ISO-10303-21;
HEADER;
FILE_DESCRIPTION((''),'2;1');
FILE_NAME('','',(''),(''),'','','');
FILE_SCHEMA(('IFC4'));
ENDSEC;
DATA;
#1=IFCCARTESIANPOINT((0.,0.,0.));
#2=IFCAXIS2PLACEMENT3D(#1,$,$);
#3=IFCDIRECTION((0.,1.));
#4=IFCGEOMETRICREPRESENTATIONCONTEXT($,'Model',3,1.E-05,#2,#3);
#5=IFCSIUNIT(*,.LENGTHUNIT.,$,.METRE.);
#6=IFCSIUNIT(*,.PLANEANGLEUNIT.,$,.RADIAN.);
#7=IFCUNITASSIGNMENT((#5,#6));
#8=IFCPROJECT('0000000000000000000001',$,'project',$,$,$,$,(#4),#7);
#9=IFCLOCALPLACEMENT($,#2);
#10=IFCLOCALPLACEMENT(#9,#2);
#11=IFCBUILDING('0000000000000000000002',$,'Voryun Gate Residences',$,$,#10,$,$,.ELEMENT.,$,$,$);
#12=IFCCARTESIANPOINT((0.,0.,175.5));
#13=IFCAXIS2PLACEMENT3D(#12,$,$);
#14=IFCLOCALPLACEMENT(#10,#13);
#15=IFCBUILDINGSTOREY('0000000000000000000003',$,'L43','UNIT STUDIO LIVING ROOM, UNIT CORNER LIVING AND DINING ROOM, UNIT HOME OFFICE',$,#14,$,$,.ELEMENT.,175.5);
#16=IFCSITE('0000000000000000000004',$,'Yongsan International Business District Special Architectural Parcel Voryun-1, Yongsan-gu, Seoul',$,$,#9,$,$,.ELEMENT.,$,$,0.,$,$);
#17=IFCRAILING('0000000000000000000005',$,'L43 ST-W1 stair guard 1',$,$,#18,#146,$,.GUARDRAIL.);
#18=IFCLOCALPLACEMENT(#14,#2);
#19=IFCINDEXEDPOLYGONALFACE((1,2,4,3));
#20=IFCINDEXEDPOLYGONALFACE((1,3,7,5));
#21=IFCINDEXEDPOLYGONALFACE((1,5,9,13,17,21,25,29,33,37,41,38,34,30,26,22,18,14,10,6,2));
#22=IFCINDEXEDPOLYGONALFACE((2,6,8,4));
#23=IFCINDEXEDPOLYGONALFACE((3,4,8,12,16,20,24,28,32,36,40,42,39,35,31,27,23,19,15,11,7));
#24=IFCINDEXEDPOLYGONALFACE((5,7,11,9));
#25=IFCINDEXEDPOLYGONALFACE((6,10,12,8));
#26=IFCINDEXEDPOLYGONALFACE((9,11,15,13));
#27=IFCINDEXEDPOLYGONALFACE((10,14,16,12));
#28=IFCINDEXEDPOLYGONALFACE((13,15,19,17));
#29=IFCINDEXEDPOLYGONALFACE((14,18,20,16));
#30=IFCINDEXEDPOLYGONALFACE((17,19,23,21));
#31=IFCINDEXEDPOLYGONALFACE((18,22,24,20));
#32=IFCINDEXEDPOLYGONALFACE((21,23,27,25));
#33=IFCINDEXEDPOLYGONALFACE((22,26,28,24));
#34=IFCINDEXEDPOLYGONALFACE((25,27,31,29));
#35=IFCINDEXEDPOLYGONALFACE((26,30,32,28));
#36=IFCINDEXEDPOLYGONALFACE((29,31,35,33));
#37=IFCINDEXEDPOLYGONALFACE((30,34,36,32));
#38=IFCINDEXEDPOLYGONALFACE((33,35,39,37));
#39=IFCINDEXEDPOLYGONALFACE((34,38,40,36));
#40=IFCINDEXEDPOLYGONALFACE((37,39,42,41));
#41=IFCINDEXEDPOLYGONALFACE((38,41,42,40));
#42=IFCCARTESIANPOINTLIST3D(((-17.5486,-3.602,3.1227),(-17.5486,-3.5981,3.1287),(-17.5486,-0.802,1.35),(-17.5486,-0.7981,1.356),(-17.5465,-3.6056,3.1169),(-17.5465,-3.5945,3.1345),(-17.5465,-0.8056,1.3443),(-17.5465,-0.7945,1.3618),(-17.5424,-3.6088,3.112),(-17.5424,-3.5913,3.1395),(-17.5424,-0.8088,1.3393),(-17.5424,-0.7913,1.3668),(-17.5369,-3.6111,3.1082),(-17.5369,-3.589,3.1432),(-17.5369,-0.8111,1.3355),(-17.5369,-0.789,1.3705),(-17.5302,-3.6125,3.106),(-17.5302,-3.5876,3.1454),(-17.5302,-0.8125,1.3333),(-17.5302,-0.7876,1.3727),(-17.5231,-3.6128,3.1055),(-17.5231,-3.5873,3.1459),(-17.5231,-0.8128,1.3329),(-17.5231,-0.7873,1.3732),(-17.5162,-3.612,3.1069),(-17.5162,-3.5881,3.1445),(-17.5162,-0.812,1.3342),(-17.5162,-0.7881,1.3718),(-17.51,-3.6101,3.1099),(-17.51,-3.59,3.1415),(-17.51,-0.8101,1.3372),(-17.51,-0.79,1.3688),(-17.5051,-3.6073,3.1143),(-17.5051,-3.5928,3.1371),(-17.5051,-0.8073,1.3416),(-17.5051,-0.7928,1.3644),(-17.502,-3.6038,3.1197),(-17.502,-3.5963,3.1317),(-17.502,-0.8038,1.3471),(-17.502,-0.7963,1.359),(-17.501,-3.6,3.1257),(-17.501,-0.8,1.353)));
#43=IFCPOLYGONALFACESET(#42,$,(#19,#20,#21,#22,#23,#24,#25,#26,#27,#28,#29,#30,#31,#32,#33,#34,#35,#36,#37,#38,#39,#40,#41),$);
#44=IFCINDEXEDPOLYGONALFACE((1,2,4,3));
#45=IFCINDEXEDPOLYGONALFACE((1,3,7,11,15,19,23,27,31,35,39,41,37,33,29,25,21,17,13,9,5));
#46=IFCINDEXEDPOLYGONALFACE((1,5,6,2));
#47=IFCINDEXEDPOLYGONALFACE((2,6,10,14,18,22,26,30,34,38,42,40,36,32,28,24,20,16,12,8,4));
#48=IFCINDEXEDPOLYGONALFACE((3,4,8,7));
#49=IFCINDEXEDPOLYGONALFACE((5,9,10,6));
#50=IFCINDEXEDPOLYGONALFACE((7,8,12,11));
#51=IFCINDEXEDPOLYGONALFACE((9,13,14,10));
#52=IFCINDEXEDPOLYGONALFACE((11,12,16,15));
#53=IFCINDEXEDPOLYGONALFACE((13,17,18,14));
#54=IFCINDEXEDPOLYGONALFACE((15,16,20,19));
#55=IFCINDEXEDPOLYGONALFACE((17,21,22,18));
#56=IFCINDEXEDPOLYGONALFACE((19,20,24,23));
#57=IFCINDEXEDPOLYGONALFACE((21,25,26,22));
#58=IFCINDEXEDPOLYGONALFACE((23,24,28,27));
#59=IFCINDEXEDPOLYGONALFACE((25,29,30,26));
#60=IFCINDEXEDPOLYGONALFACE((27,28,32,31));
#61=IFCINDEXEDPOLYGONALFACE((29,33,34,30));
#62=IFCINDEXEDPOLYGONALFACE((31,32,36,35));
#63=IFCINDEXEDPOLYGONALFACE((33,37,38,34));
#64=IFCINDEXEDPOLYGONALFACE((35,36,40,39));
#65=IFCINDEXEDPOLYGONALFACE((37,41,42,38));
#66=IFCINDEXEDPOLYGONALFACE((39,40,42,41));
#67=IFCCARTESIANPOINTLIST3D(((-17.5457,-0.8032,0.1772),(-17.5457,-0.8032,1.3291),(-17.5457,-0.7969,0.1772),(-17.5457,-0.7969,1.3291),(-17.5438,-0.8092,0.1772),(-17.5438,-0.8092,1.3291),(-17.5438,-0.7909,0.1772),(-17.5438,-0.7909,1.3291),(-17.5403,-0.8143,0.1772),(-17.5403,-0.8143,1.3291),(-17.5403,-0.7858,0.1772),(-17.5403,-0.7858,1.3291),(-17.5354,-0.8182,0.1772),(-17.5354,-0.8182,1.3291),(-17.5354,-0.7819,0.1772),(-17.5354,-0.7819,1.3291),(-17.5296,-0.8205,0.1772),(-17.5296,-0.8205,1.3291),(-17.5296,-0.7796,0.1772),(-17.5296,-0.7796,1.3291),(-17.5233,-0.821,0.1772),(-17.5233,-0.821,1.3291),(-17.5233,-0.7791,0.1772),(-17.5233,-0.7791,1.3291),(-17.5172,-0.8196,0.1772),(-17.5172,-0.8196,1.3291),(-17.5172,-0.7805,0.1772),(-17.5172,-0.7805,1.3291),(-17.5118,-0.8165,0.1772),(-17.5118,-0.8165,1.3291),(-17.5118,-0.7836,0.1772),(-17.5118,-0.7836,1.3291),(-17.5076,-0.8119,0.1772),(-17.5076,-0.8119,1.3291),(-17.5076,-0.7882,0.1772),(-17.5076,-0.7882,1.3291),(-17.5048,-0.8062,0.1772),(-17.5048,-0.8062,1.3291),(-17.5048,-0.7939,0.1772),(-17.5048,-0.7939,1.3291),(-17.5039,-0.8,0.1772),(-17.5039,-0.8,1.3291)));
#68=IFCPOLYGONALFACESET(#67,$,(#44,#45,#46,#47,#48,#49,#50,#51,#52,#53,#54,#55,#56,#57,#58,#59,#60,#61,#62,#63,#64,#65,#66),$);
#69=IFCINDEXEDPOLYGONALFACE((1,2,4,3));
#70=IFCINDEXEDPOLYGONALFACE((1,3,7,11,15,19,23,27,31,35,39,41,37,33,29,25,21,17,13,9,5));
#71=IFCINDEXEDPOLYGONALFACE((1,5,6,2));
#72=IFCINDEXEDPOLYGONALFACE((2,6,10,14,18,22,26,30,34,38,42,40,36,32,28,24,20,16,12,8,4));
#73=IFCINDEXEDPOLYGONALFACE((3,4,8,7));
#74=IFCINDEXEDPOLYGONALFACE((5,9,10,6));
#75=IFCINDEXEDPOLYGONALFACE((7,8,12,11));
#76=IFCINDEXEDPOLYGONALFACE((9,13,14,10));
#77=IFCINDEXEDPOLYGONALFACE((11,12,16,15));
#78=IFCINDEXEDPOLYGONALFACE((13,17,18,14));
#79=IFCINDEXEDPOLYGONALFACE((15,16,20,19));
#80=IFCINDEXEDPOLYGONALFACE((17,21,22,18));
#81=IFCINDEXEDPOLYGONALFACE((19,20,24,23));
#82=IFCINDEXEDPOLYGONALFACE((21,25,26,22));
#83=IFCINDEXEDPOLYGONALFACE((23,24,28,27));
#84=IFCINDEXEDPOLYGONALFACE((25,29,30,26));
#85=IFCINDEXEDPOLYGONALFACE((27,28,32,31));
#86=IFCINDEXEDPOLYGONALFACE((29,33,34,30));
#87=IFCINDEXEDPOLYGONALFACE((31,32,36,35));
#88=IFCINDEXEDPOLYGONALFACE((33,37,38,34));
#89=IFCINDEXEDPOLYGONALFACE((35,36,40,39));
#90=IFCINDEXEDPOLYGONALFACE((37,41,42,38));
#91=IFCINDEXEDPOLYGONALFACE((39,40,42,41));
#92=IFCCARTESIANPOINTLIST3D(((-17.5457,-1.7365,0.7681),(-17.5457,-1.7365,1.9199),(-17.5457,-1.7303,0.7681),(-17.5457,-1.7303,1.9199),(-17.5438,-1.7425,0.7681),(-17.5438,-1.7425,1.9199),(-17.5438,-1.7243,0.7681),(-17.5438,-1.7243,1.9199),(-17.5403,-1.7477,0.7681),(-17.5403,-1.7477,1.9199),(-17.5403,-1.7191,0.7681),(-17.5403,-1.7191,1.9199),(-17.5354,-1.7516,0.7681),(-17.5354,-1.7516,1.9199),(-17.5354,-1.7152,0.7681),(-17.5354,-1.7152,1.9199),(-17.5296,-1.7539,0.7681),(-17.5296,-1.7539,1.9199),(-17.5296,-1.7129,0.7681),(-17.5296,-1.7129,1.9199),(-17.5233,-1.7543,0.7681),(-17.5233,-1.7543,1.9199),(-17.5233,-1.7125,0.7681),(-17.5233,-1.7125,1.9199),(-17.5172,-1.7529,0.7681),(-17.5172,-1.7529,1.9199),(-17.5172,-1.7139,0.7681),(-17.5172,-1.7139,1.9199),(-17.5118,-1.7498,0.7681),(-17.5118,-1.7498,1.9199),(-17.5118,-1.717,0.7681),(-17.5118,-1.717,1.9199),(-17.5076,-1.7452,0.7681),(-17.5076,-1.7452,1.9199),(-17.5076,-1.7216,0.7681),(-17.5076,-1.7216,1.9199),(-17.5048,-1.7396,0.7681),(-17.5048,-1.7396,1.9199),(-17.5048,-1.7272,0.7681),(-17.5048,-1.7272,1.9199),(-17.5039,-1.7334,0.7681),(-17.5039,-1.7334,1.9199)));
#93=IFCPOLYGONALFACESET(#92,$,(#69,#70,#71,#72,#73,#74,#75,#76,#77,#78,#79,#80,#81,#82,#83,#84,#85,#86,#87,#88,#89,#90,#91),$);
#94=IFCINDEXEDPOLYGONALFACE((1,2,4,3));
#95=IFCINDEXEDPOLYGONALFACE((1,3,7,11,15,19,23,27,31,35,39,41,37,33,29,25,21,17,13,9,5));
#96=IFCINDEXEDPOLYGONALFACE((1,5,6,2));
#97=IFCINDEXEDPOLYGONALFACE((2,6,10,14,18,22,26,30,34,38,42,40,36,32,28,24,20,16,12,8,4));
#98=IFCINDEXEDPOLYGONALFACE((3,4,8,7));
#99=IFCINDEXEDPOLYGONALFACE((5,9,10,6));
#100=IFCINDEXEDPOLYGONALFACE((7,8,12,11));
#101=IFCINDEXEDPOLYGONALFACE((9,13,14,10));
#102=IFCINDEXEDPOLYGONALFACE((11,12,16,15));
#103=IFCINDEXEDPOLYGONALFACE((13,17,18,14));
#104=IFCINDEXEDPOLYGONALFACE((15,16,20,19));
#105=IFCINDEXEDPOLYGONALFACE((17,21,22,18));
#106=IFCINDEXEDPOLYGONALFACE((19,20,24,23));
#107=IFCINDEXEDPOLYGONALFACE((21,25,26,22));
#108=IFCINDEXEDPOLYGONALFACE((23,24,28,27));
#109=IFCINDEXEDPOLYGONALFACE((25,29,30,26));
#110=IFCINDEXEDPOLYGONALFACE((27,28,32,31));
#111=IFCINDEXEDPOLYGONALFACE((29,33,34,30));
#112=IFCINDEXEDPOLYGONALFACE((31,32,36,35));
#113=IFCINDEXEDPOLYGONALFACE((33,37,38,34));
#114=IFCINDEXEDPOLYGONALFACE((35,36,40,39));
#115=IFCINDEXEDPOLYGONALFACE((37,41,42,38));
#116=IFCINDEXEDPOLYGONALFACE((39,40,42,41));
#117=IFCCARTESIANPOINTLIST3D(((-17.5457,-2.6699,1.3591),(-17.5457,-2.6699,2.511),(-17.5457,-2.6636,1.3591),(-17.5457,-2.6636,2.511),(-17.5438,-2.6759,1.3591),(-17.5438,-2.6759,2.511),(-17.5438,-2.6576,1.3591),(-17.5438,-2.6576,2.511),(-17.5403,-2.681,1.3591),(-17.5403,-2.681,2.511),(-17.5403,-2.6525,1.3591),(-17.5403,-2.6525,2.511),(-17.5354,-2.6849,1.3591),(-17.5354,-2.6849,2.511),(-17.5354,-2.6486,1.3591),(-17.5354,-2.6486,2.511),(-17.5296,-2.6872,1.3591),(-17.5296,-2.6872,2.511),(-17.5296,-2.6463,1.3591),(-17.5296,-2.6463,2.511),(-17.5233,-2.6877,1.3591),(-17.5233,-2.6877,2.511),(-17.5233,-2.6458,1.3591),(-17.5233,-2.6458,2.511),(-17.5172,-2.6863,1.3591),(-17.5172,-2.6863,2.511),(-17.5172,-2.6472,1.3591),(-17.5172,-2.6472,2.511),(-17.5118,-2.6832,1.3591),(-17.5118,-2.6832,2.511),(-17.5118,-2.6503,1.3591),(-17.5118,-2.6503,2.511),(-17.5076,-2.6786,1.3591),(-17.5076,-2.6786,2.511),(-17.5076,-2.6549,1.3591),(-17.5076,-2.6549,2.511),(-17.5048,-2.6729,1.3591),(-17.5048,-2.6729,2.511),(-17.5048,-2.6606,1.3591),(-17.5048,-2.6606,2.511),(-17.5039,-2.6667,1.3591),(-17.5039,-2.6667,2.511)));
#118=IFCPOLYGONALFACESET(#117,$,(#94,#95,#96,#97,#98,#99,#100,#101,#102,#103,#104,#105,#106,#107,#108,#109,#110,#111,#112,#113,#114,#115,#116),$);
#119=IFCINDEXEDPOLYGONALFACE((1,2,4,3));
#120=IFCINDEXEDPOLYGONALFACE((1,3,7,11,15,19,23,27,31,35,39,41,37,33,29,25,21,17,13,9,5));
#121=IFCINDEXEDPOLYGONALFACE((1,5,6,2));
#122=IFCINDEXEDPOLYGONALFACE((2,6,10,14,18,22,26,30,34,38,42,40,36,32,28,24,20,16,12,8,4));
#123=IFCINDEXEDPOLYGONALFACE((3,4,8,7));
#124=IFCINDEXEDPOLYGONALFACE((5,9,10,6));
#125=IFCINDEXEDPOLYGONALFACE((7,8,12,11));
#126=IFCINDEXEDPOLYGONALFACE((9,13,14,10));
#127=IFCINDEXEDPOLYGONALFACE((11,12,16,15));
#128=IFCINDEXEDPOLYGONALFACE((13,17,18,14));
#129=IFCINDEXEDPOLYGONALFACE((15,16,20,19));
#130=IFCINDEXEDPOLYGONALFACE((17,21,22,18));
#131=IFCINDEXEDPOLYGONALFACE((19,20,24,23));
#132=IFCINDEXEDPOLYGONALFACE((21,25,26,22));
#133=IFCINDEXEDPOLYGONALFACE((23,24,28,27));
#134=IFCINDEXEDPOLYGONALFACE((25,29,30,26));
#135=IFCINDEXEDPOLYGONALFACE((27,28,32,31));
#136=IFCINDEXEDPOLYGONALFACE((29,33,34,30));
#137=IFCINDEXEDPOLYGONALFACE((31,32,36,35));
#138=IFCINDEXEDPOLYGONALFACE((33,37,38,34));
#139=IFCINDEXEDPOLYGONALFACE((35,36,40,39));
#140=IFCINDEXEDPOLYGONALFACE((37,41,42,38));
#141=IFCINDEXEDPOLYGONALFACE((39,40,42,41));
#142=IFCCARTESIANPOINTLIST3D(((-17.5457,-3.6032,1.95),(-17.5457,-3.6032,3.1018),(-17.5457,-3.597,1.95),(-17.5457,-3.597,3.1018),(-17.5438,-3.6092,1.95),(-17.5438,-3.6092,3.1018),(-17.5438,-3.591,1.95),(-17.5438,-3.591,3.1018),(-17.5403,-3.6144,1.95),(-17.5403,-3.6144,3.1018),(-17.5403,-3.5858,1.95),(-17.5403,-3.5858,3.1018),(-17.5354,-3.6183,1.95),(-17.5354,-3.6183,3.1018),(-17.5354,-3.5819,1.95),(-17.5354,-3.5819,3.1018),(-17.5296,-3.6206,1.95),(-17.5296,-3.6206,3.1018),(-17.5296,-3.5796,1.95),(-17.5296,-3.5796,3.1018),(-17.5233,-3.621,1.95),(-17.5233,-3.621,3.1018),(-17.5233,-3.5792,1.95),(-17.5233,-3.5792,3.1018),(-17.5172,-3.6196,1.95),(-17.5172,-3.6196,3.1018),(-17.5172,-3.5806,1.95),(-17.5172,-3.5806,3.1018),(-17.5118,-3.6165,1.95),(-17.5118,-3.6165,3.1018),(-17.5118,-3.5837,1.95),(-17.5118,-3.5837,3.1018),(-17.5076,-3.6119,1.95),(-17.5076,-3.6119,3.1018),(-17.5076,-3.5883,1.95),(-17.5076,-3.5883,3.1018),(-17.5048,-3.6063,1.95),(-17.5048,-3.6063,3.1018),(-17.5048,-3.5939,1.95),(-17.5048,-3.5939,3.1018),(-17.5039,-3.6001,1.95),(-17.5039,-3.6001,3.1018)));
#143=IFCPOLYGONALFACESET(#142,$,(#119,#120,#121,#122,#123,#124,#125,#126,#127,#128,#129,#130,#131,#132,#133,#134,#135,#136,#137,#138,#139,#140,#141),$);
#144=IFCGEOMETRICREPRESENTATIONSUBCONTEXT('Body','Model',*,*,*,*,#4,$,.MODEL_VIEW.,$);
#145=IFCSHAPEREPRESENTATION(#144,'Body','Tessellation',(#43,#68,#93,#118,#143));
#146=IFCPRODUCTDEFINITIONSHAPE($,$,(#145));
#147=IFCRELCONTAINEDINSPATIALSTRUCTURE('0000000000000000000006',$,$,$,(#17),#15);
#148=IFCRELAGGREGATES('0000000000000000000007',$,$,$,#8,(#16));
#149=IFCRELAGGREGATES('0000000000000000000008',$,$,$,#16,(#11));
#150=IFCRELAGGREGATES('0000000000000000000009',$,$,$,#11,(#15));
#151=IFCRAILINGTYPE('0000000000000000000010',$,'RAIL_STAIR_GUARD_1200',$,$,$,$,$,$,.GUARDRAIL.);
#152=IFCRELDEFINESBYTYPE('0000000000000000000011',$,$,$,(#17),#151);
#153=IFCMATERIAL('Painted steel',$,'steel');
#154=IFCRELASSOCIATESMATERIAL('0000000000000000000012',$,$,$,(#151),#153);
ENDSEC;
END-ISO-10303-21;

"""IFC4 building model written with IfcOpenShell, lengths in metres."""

from ifc_helpers import new_model, si_unit, direction, frame, origin, origin_2d, place, context, subcontext, project, spatial, circle, extrude, material, type_object, element, save


model = new_model("IFC4")

# Units and contexts
model_context = context("Model", 3, precision=1e-05, world=origin(), true_north=direction((0.0, 1.0)))
body_context = subcontext(model_context, "Body", "Model", "MODEL_VIEW")
ifc_project = project(units=[si_unit("LENGTHUNIT", "METRE"), si_unit("PLANEANGLEUNIT", "RADIAN")], contexts=[model_context])

# Site, building, storey
site_placement = place(None, origin())
site = spatial("IfcSite", under=ifc_project, at=site_placement, Name="Yongsan International Business District Special Architectural Parcel Voryun-1, Yongsan-gu, Seoul", CompositionType="ELEMENT", RefElevation=0.0)
building_placement = place(site_placement, origin())
building = spatial("IfcBuilding", under=site, at=building_placement, Name="Voryun Gate Residences", CompositionType="ELEMENT")
storey_placement = place(building_placement, frame((0.0, 0.0, 175.5)))
storey = spatial("IfcBuildingStorey", under=building, at=storey_placement, Name="L43", Description="UNIT STUDIO LIVING ROOM, UNIT CORNER LIVING AND DINING ROOM, UNIT HOME OFFICE", CompositionType="ELEMENT", Elevation=175.5)

# Railing
ifc_material_1 = material(Name="Painted steel", Category="steel")
railing_type_1 = type_object("IfcRailingType", Name="RAIL_STAIR_GUARD_1200", PredefinedType="GUARDRAIL", material=ifc_material_1)
railing_1_placement = place(storey_placement, frame((-17.5249, -0.8, 0.1772)))
element("IfcRailing", 1, at=railing_1_placement, inside=storey, type_object=railing_type_1, Name="L43 ST-W1 stair guard 1", PredefinedType="GUARDRAIL", context=body_context, shape_type="SweptSolid", body=[
    extrude(circle(Radius=0.0239, at=origin_2d()), frame((0.0, 0.0, 1.1758), z_axis=(0.0, -0.844909, 0.53491), x_axis=(1.0, 0.0, 0.0)), (0.0, 0.0, 1.0), 3.314),
    extrude(circle(Radius=0.021, at=origin_2d()), origin(), (0.0, 0.0, 1.0), 1.1519),
    extrude(circle(Radius=0.021, at=origin_2d()), frame((0.0, -0.9333, 0.5908)), (0.0, 0.0, 1.0), 1.1519),
    extrude(circle(Radius=0.021, at=origin_2d()), frame((0.0, -1.8667, 1.1819)), (0.0, 0.0, 1.0), 1.1519),
    extrude(circle(Radius=0.021, at=origin_2d()), frame((0.0, -2.8, 1.7727)), (0.0, 0.0, 1.0), 1.1519),
])

save(model, "model.ifc")
